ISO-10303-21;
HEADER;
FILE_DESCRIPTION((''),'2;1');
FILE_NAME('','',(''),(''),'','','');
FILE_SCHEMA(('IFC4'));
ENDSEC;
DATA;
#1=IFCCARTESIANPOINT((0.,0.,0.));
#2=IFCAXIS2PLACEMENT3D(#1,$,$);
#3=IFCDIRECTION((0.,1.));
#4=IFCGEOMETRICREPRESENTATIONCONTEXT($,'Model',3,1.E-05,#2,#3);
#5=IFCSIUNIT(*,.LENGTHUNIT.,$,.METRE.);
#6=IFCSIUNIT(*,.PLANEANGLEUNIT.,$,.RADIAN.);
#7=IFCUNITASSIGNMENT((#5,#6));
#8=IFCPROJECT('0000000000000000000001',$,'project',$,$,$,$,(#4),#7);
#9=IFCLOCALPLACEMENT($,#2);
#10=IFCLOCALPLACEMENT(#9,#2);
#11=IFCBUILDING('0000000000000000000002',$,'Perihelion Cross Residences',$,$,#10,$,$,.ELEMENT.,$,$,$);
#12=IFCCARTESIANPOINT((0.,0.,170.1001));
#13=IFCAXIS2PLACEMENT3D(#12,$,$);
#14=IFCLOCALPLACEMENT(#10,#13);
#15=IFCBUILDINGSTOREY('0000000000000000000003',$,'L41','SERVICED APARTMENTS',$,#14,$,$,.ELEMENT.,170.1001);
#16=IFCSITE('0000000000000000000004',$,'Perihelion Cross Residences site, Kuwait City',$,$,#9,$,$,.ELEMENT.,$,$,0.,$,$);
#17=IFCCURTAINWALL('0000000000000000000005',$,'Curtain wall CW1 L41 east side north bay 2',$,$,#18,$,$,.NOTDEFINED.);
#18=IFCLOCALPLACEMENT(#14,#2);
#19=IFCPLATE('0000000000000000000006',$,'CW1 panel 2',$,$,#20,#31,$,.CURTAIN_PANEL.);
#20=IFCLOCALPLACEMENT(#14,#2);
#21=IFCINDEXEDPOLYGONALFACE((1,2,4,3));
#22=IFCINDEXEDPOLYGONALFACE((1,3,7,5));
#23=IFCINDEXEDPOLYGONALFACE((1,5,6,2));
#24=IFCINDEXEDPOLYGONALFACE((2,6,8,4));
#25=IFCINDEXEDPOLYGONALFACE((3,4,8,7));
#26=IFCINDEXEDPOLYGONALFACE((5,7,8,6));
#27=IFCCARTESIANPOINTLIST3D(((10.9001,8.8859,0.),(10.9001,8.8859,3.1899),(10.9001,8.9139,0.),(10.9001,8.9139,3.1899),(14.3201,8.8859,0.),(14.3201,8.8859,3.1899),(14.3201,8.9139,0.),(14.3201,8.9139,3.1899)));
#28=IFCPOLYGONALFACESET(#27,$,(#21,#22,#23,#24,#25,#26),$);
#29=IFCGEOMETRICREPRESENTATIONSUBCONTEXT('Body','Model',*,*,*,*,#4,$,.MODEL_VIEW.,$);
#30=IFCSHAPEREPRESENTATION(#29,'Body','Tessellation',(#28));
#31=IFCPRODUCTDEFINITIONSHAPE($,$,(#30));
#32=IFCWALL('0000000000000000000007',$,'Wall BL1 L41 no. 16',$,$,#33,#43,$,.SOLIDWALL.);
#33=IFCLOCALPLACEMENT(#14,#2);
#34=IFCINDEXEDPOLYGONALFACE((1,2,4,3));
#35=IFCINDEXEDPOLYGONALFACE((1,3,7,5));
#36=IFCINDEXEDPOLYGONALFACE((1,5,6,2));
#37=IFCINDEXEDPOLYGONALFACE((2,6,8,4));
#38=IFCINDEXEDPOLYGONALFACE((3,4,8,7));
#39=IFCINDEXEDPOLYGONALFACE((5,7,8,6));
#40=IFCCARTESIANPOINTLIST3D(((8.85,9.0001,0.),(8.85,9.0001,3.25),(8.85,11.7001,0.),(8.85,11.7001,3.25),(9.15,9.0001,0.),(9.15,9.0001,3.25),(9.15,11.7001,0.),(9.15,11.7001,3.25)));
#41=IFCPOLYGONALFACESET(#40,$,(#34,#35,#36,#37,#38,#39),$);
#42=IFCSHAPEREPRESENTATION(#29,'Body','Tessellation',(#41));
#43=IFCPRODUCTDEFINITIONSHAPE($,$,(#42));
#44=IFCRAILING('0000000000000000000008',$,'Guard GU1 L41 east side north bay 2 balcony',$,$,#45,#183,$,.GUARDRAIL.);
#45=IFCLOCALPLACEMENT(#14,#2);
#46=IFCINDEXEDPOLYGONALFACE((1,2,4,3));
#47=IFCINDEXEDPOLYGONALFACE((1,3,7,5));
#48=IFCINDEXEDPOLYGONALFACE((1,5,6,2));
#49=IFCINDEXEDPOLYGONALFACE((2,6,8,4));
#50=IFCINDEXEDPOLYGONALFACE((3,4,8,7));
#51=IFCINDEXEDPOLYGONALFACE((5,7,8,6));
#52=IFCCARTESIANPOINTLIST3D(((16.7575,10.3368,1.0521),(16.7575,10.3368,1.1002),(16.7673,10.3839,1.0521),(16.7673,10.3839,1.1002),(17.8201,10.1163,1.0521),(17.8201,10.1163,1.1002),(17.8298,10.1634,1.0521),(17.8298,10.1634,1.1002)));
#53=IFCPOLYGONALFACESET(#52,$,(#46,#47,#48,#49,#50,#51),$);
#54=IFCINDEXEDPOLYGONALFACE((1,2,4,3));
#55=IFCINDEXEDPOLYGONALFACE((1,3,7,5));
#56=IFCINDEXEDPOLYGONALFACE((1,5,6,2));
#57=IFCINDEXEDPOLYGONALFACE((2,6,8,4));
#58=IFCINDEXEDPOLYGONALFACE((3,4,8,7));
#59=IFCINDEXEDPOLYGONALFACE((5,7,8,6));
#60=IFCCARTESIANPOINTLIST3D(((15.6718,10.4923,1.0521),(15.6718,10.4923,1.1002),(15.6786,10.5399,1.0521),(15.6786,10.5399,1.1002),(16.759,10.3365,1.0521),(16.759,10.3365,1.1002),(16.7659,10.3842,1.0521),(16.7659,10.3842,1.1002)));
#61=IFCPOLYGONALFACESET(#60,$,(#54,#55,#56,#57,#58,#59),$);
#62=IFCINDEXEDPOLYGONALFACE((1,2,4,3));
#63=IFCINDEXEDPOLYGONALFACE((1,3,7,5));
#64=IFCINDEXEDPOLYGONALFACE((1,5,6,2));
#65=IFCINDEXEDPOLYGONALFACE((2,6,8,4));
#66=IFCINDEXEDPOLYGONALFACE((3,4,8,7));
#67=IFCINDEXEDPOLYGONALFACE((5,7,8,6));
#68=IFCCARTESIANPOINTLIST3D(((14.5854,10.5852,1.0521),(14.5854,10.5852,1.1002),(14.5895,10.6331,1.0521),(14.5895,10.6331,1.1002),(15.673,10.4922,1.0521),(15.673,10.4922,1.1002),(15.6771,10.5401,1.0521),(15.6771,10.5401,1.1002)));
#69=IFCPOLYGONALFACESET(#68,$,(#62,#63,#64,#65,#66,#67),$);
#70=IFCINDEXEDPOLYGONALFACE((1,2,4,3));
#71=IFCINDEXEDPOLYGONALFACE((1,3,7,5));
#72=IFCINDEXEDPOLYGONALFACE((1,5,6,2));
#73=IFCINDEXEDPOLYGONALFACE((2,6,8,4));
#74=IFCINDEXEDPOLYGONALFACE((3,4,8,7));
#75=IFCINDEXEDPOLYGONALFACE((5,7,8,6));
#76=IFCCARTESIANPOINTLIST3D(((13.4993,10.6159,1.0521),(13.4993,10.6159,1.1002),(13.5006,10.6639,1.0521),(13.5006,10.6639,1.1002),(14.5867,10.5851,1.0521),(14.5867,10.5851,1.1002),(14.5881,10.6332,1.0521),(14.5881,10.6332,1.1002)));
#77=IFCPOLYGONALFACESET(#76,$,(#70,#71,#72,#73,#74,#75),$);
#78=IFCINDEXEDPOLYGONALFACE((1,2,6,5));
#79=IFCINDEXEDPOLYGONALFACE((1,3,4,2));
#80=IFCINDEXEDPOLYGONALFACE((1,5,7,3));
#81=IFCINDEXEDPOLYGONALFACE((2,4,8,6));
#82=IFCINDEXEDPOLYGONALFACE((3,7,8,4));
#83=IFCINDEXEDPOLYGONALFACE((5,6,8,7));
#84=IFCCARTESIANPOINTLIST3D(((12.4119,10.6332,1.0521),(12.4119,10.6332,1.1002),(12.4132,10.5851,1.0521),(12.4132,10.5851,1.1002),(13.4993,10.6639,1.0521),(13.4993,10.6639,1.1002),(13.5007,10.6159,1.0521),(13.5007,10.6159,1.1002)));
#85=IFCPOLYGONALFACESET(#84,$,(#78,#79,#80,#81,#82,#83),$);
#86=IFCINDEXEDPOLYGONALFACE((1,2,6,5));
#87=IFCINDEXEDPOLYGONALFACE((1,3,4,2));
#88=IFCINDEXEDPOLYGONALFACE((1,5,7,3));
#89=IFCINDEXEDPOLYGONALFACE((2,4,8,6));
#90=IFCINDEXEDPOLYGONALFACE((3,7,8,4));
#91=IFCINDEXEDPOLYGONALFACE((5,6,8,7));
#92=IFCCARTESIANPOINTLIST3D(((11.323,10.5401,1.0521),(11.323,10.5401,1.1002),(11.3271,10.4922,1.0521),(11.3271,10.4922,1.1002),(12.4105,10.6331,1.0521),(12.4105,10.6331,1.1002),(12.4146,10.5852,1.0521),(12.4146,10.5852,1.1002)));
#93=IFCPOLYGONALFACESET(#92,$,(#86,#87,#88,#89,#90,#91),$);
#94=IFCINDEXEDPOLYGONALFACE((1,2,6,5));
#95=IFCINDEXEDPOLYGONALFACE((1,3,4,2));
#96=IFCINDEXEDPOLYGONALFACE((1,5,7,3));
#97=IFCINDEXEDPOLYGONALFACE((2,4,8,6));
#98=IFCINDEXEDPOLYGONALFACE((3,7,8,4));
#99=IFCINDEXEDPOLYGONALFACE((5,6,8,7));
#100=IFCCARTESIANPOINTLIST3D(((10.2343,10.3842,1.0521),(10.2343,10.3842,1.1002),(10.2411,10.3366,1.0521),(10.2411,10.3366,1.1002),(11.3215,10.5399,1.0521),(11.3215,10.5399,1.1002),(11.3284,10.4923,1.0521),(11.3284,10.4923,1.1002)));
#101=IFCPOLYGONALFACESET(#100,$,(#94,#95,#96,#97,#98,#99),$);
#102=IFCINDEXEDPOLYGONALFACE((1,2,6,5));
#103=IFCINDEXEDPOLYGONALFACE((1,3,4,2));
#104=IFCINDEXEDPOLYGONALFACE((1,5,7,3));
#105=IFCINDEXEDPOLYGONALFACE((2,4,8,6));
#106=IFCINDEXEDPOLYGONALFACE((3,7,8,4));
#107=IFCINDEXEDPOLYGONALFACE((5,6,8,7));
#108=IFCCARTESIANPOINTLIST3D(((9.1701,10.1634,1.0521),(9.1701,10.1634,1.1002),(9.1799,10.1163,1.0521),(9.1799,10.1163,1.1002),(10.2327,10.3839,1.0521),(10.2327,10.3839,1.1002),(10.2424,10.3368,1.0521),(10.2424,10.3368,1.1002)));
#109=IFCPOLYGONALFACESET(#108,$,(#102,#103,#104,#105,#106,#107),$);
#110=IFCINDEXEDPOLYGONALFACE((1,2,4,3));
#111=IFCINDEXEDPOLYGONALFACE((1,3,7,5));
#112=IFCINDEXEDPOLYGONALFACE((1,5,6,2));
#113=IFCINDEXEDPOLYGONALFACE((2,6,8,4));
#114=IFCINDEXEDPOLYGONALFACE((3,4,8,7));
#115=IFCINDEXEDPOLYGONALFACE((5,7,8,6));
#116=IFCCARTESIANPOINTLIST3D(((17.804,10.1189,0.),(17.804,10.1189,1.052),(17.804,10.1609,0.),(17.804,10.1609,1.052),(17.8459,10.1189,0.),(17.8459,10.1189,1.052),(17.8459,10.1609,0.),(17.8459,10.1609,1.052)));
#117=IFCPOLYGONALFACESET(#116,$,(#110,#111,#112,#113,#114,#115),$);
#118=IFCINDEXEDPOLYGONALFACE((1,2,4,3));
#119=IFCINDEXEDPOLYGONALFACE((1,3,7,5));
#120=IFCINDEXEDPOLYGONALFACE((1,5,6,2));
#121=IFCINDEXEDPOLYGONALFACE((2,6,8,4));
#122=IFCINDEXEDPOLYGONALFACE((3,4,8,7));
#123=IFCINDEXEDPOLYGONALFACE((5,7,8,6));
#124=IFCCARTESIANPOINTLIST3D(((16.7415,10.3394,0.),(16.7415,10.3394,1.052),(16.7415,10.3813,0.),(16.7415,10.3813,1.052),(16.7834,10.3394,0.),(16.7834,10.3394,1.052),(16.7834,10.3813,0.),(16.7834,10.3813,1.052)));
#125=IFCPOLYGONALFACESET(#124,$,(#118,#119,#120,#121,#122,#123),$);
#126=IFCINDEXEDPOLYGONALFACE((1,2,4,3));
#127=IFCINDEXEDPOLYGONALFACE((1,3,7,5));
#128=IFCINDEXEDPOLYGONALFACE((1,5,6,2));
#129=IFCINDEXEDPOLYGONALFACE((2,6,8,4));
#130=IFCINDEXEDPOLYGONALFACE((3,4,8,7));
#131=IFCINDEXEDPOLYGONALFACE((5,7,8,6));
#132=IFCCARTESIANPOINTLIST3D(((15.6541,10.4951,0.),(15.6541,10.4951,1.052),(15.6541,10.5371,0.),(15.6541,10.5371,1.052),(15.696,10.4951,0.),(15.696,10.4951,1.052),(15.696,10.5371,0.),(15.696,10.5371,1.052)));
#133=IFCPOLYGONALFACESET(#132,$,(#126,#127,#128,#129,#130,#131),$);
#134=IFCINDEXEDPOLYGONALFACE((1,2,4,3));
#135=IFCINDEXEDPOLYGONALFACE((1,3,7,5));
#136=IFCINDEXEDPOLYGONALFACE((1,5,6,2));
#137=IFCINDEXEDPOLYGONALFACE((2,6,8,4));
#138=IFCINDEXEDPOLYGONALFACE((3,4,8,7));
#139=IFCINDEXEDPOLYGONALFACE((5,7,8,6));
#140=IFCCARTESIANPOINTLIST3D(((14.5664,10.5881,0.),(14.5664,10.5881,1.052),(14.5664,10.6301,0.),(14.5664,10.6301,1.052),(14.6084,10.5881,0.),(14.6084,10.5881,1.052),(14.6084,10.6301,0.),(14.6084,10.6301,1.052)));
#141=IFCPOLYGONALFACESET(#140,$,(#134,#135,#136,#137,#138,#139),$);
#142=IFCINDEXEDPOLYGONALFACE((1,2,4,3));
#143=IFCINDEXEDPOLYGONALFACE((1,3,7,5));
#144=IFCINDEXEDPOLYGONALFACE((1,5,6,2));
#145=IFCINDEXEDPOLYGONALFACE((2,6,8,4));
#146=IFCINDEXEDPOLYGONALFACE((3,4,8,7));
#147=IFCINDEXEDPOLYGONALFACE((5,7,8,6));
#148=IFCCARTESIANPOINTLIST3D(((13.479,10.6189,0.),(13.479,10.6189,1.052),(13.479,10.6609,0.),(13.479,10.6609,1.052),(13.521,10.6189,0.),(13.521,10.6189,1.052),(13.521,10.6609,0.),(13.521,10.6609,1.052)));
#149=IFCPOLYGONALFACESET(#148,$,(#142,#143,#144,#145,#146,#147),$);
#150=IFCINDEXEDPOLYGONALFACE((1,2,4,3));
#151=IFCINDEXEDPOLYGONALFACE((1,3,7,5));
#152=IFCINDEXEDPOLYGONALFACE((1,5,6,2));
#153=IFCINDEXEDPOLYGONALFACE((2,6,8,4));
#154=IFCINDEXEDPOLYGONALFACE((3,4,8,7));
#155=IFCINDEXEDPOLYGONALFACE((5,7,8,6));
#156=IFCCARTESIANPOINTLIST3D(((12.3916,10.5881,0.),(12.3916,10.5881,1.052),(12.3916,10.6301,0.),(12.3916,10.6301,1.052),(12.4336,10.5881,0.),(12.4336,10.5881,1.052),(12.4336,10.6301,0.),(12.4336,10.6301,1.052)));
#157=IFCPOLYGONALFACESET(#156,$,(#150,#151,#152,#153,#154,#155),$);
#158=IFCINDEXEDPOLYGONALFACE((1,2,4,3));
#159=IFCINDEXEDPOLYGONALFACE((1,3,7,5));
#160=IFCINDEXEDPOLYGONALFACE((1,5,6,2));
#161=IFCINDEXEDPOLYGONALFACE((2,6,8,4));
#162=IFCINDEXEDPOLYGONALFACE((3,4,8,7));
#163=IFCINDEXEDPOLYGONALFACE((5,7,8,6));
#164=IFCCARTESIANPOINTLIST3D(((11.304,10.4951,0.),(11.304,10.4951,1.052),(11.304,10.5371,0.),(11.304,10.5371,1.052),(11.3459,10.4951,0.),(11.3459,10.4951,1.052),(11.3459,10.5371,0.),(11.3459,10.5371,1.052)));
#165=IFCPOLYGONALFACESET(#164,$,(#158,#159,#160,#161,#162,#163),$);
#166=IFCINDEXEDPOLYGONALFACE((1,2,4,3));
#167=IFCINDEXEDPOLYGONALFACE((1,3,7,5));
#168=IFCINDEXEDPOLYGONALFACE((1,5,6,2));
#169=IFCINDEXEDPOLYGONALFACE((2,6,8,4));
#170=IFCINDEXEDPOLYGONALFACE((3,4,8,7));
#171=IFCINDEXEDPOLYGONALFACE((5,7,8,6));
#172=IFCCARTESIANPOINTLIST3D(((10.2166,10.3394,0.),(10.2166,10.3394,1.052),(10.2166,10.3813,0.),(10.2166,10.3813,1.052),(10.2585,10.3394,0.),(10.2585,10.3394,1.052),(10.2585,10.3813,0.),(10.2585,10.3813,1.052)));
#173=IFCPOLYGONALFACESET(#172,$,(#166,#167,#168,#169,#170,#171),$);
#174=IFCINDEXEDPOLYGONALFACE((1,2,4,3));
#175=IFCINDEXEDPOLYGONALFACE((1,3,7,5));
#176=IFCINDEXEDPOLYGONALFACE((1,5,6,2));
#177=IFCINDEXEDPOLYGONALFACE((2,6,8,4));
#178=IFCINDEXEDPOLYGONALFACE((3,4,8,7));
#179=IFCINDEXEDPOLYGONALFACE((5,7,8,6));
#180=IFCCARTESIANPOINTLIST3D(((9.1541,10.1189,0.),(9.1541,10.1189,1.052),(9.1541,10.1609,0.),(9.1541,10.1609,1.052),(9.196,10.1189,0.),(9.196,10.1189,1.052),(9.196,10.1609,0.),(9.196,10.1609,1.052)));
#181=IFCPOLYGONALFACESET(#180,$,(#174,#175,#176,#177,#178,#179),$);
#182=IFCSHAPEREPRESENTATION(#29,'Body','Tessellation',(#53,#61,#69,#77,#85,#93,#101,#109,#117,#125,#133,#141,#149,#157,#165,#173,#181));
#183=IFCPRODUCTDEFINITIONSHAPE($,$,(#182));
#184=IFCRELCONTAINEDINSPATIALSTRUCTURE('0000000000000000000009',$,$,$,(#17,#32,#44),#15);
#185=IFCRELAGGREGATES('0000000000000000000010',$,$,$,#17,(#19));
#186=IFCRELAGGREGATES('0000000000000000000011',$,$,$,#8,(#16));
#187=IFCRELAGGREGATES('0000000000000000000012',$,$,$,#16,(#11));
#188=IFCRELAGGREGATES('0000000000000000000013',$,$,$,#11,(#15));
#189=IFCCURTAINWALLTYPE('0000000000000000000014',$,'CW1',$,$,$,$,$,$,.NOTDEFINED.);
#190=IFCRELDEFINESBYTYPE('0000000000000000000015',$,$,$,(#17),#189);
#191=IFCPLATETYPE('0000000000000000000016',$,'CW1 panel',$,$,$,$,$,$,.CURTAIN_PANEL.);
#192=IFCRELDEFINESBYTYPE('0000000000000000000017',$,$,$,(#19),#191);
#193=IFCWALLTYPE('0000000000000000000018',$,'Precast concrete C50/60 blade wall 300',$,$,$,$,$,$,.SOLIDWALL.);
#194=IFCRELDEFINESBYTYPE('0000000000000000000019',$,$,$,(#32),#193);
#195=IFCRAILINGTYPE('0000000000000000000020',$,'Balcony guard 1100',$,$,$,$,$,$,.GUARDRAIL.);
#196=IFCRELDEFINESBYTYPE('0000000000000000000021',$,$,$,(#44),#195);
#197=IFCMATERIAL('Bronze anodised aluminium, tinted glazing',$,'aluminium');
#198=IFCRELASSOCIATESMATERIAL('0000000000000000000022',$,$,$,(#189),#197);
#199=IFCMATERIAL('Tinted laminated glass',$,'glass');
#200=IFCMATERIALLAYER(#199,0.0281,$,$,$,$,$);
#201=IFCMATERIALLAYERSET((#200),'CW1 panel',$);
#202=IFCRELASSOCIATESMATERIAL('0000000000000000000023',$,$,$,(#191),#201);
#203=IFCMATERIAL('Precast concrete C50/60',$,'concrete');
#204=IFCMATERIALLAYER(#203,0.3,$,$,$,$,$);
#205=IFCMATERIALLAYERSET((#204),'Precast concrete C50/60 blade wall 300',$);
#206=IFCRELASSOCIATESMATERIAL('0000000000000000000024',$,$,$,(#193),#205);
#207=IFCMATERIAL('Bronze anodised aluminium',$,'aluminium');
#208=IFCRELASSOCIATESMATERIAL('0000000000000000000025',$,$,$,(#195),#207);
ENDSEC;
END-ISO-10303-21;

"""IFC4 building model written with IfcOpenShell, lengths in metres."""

from ifc_helpers import new_model, si_unit, direction, frame, frame_2d, origin, origin_2d, place, context, subcontext, project, spatial, rectangle, extrude, material, layer, layer_set, type_object, element, aggregate, save


model = new_model("IFC4")

# Units and contexts
model_context = context("Model", 3, precision=1e-05, world=origin(), true_north=direction((0.0, 1.0)))
body_context = subcontext(model_context, "Body", "Model", "MODEL_VIEW")
ifc_project = project(units=[si_unit("LENGTHUNIT", "METRE"), si_unit("PLANEANGLEUNIT", "RADIAN")], contexts=[model_context])

# Site, building, storey
site_placement = place(None, origin())
site = spatial("IfcSite", under=ifc_project, at=site_placement, Name="Perihelion Cross Residences site, Kuwait City", CompositionType="ELEMENT", RefElevation=0.0)
building_placement = place(site_placement, origin())
building = spatial("IfcBuilding", under=site, at=building_placement, Name="Perihelion Cross Residences", CompositionType="ELEMENT")
storey_placement = place(building_placement, frame((0.0, 0.0, 170.1001)))
storey = spatial("IfcBuildingStorey", under=building, at=storey_placement, Name="L41", Description="SERVICED APARTMENTS", CompositionType="ELEMENT", Elevation=170.1001)

# Curtain wall
ifc_material_1 = material(Name="Bronze anodised aluminium, tinted glazing", Category="aluminium")
curtain_wall_type = type_object("IfcCurtainWallType", Name="CW1", PredefinedType="NOTDEFINED", material=ifc_material_1)
curtain_wall_1_placement = place(storey_placement, origin())
curtain_wall_1 = element("IfcCurtainWall", 1, at=curtain_wall_1_placement, inside=storey, type_object=curtain_wall_type, Name="Curtain wall CW1 L41 east side north bay 2", PredefinedType="NOTDEFINED")

# Plate
ifc_material_2 = material(Name="Tinted laminated glass", Category="glass")
ifc_layer_1 = layer(ifc_material_2, 0.0281)
ifc_layer_set_1 = layer_set([ifc_layer_1], Name="CW1 panel")
plate_type = type_object("IfcPlateType", Name="CW1 panel", PredefinedType="CURTAIN_PANEL", material=ifc_layer_set_1)
plate_1_placement = place(storey_placement, frame((12.6101, 8.8999, 0.0), z_axis=(0.0, 0.0, 1.0), x_axis=(-1.0, 0.0, 0.0)))
plate_1 = element("IfcPlate", 2, at=plate_1_placement, type_object=plate_type, Name="CW1 panel 2", PredefinedType="CURTAIN_PANEL", context=body_context, shape_type="SweptSolid", body=[
    extrude(rectangle(XDim=3.4199, YDim=0.0281, at=origin_2d()), origin(), (0.0, 0.0, 1.0), 3.1899),
])
aggregate(curtain_wall_1, [plate_1])

# Wall
ifc_material_3 = material(Name="Precast concrete C50/60", Category="concrete")
ifc_layer_2 = layer(ifc_material_3, 0.3)
ifc_layer_set_2 = layer_set([ifc_layer_2], Name="Precast concrete C50/60 blade wall 300")
wall_type = type_object("IfcWallType", Name="Precast concrete C50/60 blade wall 300", PredefinedType="SOLIDWALL", material=ifc_layer_set_2)
wall_placement = place(storey_placement, frame((9.0, 9.0, 0.0), z_axis=(0.0, 0.0, 1.0), x_axis=(0.0, 1.0, 0.0)))
element("IfcWall", 3, at=wall_placement, inside=storey, type_object=wall_type, Name="Wall BL1 L41 no. 16", PredefinedType="SOLIDWALL", context=body_context, shape_type="SweptSolid", body=[
    extrude(rectangle(XDim=2.7, YDim=0.3, at=frame_2d((1.3501, 0.0))), origin(), (0.0, 0.0, 1.0), 3.25),
])

# Railing
ifc_material_4 = material(Name="Bronze anodised aluminium", Category="aluminium")
railing_type = type_object("IfcRailingType", Name="Balcony guard 1100", PredefinedType="GUARDRAIL", material=ifc_material_4)
railing_1_placement = place(storey_placement, frame((17.825, 10.1399, 0.0)))
element("IfcRailing", 4, at=railing_1_placement, inside=storey, type_object=railing_type, Name="Guard GU1 L41 east side north bay 2 balcony", PredefinedType="GUARDRAIL", context=body_context, shape_type="SweptSolid", body=[
    extrude(rectangle(XDim=0.0481, YDim=0.0481, at=origin_2d()), frame((0.0, 0.0, 1.0762), z_axis=(-0.979145, 0.203164, 0.0), x_axis=(-0.203164, -0.979145, 0.0)), (0.0, 0.0, 1.0), 1.0852),
    extrude(rectangle(XDim=0.0481, YDim=0.0481, at=origin_2d()), frame((-1.0625, 0.2205, 1.0762), z_axis=(-0.989896, 0.141795, 0.0), x_axis=(-0.141795, -0.989896, 0.0)), (0.0, 0.0, 1.0), 1.0984),
    extrude(rectangle(XDim=0.0481, YDim=0.0481, at=origin_2d()), frame((-2.1499, 0.3762, 1.0762), z_axis=(-0.996363, 0.085211, 0.0), x_axis=(-0.085211, -0.996363, 0.0)), (0.0, 0.0, 1.0), 1.0916),
    extrude(rectangle(XDim=0.0481, YDim=0.0481, at=origin_2d()), frame((-3.2375, 0.4692, 1.0762), z_axis=(-0.9996, 0.028278, 0.0), x_axis=(-0.028278, -0.9996, 0.0)), (0.0, 0.0, 1.0), 1.0879),
    extrude(rectangle(XDim=0.0481, YDim=0.0481, at=origin_2d()), frame((-4.325, 0.5, 1.0762), z_axis=(-0.9996, -0.028278, 0.0), x_axis=(0.028278, -0.9996, 0.0)), (0.0, 0.0, 1.0), 1.0879),
    extrude(rectangle(XDim=0.0481, YDim=0.0481, at=origin_2d()), frame((-5.4124, 0.4692, 1.0762), z_axis=(-0.996363, -0.085211, 0.0), x_axis=(0.085211, -0.996363, 0.0)), (0.0, 0.0, 1.0), 1.0916),
    extrude(rectangle(XDim=0.0481, YDim=0.0481, at=origin_2d()), frame((-6.5, 0.3762, 1.0762), z_axis=(-0.989896, -0.141795, 0.0), x_axis=(0.141795, -0.989896, 0.0)), (0.0, 0.0, 1.0), 1.0984),
    extrude(rectangle(XDim=0.0481, YDim=0.0481, at=origin_2d()), frame((-7.5874, 0.2205, 1.0762), z_axis=(-0.979145, -0.203164, 0.0), x_axis=(0.203164, -0.979145, 0.0)), (0.0, 0.0, 1.0), 1.0852),
    extrude(rectangle(XDim=0.042, YDim=0.042, at=origin_2d()), origin(), (0.0, 0.0, 1.0), 1.052),
    extrude(rectangle(XDim=0.042, YDim=0.042, at=origin_2d()), frame((-1.0625, 0.2205, 0.0)), (0.0, 0.0, 1.0), 1.052),
    extrude(rectangle(XDim=0.042, YDim=0.042, at=origin_2d()), frame((-2.1499, 0.3762, 0.0)), (0.0, 0.0, 1.0), 1.052),
    extrude(rectangle(XDim=0.042, YDim=0.042, at=origin_2d()), frame((-3.2375, 0.4692, 0.0)), (0.0, 0.0, 1.0), 1.052),
    extrude(rectangle(XDim=0.042, YDim=0.042, at=origin_2d()), frame((-4.325, 0.5, 0.0)), (0.0, 0.0, 1.0), 1.052),
    extrude(rectangle(XDim=0.042, YDim=0.042, at=origin_2d()), frame((-5.4124, 0.4692, 0.0)), (0.0, 0.0, 1.0), 1.052),
    extrude(rectangle(XDim=0.042, YDim=0.042, at=origin_2d()), frame((-6.5, 0.3762, 0.0)), (0.0, 0.0, 1.0), 1.052),
    extrude(rectangle(XDim=0.042, YDim=0.042, at=origin_2d()), frame((-7.5874, 0.2205, 0.0)), (0.0, 0.0, 1.0), 1.052),
    extrude(rectangle(XDim=0.042, YDim=0.042, at=origin_2d()), frame((-8.6499, 0.0, 0.0)), (0.0, 0.0, 1.0), 1.052),
])

save(model, "model.ifc")
